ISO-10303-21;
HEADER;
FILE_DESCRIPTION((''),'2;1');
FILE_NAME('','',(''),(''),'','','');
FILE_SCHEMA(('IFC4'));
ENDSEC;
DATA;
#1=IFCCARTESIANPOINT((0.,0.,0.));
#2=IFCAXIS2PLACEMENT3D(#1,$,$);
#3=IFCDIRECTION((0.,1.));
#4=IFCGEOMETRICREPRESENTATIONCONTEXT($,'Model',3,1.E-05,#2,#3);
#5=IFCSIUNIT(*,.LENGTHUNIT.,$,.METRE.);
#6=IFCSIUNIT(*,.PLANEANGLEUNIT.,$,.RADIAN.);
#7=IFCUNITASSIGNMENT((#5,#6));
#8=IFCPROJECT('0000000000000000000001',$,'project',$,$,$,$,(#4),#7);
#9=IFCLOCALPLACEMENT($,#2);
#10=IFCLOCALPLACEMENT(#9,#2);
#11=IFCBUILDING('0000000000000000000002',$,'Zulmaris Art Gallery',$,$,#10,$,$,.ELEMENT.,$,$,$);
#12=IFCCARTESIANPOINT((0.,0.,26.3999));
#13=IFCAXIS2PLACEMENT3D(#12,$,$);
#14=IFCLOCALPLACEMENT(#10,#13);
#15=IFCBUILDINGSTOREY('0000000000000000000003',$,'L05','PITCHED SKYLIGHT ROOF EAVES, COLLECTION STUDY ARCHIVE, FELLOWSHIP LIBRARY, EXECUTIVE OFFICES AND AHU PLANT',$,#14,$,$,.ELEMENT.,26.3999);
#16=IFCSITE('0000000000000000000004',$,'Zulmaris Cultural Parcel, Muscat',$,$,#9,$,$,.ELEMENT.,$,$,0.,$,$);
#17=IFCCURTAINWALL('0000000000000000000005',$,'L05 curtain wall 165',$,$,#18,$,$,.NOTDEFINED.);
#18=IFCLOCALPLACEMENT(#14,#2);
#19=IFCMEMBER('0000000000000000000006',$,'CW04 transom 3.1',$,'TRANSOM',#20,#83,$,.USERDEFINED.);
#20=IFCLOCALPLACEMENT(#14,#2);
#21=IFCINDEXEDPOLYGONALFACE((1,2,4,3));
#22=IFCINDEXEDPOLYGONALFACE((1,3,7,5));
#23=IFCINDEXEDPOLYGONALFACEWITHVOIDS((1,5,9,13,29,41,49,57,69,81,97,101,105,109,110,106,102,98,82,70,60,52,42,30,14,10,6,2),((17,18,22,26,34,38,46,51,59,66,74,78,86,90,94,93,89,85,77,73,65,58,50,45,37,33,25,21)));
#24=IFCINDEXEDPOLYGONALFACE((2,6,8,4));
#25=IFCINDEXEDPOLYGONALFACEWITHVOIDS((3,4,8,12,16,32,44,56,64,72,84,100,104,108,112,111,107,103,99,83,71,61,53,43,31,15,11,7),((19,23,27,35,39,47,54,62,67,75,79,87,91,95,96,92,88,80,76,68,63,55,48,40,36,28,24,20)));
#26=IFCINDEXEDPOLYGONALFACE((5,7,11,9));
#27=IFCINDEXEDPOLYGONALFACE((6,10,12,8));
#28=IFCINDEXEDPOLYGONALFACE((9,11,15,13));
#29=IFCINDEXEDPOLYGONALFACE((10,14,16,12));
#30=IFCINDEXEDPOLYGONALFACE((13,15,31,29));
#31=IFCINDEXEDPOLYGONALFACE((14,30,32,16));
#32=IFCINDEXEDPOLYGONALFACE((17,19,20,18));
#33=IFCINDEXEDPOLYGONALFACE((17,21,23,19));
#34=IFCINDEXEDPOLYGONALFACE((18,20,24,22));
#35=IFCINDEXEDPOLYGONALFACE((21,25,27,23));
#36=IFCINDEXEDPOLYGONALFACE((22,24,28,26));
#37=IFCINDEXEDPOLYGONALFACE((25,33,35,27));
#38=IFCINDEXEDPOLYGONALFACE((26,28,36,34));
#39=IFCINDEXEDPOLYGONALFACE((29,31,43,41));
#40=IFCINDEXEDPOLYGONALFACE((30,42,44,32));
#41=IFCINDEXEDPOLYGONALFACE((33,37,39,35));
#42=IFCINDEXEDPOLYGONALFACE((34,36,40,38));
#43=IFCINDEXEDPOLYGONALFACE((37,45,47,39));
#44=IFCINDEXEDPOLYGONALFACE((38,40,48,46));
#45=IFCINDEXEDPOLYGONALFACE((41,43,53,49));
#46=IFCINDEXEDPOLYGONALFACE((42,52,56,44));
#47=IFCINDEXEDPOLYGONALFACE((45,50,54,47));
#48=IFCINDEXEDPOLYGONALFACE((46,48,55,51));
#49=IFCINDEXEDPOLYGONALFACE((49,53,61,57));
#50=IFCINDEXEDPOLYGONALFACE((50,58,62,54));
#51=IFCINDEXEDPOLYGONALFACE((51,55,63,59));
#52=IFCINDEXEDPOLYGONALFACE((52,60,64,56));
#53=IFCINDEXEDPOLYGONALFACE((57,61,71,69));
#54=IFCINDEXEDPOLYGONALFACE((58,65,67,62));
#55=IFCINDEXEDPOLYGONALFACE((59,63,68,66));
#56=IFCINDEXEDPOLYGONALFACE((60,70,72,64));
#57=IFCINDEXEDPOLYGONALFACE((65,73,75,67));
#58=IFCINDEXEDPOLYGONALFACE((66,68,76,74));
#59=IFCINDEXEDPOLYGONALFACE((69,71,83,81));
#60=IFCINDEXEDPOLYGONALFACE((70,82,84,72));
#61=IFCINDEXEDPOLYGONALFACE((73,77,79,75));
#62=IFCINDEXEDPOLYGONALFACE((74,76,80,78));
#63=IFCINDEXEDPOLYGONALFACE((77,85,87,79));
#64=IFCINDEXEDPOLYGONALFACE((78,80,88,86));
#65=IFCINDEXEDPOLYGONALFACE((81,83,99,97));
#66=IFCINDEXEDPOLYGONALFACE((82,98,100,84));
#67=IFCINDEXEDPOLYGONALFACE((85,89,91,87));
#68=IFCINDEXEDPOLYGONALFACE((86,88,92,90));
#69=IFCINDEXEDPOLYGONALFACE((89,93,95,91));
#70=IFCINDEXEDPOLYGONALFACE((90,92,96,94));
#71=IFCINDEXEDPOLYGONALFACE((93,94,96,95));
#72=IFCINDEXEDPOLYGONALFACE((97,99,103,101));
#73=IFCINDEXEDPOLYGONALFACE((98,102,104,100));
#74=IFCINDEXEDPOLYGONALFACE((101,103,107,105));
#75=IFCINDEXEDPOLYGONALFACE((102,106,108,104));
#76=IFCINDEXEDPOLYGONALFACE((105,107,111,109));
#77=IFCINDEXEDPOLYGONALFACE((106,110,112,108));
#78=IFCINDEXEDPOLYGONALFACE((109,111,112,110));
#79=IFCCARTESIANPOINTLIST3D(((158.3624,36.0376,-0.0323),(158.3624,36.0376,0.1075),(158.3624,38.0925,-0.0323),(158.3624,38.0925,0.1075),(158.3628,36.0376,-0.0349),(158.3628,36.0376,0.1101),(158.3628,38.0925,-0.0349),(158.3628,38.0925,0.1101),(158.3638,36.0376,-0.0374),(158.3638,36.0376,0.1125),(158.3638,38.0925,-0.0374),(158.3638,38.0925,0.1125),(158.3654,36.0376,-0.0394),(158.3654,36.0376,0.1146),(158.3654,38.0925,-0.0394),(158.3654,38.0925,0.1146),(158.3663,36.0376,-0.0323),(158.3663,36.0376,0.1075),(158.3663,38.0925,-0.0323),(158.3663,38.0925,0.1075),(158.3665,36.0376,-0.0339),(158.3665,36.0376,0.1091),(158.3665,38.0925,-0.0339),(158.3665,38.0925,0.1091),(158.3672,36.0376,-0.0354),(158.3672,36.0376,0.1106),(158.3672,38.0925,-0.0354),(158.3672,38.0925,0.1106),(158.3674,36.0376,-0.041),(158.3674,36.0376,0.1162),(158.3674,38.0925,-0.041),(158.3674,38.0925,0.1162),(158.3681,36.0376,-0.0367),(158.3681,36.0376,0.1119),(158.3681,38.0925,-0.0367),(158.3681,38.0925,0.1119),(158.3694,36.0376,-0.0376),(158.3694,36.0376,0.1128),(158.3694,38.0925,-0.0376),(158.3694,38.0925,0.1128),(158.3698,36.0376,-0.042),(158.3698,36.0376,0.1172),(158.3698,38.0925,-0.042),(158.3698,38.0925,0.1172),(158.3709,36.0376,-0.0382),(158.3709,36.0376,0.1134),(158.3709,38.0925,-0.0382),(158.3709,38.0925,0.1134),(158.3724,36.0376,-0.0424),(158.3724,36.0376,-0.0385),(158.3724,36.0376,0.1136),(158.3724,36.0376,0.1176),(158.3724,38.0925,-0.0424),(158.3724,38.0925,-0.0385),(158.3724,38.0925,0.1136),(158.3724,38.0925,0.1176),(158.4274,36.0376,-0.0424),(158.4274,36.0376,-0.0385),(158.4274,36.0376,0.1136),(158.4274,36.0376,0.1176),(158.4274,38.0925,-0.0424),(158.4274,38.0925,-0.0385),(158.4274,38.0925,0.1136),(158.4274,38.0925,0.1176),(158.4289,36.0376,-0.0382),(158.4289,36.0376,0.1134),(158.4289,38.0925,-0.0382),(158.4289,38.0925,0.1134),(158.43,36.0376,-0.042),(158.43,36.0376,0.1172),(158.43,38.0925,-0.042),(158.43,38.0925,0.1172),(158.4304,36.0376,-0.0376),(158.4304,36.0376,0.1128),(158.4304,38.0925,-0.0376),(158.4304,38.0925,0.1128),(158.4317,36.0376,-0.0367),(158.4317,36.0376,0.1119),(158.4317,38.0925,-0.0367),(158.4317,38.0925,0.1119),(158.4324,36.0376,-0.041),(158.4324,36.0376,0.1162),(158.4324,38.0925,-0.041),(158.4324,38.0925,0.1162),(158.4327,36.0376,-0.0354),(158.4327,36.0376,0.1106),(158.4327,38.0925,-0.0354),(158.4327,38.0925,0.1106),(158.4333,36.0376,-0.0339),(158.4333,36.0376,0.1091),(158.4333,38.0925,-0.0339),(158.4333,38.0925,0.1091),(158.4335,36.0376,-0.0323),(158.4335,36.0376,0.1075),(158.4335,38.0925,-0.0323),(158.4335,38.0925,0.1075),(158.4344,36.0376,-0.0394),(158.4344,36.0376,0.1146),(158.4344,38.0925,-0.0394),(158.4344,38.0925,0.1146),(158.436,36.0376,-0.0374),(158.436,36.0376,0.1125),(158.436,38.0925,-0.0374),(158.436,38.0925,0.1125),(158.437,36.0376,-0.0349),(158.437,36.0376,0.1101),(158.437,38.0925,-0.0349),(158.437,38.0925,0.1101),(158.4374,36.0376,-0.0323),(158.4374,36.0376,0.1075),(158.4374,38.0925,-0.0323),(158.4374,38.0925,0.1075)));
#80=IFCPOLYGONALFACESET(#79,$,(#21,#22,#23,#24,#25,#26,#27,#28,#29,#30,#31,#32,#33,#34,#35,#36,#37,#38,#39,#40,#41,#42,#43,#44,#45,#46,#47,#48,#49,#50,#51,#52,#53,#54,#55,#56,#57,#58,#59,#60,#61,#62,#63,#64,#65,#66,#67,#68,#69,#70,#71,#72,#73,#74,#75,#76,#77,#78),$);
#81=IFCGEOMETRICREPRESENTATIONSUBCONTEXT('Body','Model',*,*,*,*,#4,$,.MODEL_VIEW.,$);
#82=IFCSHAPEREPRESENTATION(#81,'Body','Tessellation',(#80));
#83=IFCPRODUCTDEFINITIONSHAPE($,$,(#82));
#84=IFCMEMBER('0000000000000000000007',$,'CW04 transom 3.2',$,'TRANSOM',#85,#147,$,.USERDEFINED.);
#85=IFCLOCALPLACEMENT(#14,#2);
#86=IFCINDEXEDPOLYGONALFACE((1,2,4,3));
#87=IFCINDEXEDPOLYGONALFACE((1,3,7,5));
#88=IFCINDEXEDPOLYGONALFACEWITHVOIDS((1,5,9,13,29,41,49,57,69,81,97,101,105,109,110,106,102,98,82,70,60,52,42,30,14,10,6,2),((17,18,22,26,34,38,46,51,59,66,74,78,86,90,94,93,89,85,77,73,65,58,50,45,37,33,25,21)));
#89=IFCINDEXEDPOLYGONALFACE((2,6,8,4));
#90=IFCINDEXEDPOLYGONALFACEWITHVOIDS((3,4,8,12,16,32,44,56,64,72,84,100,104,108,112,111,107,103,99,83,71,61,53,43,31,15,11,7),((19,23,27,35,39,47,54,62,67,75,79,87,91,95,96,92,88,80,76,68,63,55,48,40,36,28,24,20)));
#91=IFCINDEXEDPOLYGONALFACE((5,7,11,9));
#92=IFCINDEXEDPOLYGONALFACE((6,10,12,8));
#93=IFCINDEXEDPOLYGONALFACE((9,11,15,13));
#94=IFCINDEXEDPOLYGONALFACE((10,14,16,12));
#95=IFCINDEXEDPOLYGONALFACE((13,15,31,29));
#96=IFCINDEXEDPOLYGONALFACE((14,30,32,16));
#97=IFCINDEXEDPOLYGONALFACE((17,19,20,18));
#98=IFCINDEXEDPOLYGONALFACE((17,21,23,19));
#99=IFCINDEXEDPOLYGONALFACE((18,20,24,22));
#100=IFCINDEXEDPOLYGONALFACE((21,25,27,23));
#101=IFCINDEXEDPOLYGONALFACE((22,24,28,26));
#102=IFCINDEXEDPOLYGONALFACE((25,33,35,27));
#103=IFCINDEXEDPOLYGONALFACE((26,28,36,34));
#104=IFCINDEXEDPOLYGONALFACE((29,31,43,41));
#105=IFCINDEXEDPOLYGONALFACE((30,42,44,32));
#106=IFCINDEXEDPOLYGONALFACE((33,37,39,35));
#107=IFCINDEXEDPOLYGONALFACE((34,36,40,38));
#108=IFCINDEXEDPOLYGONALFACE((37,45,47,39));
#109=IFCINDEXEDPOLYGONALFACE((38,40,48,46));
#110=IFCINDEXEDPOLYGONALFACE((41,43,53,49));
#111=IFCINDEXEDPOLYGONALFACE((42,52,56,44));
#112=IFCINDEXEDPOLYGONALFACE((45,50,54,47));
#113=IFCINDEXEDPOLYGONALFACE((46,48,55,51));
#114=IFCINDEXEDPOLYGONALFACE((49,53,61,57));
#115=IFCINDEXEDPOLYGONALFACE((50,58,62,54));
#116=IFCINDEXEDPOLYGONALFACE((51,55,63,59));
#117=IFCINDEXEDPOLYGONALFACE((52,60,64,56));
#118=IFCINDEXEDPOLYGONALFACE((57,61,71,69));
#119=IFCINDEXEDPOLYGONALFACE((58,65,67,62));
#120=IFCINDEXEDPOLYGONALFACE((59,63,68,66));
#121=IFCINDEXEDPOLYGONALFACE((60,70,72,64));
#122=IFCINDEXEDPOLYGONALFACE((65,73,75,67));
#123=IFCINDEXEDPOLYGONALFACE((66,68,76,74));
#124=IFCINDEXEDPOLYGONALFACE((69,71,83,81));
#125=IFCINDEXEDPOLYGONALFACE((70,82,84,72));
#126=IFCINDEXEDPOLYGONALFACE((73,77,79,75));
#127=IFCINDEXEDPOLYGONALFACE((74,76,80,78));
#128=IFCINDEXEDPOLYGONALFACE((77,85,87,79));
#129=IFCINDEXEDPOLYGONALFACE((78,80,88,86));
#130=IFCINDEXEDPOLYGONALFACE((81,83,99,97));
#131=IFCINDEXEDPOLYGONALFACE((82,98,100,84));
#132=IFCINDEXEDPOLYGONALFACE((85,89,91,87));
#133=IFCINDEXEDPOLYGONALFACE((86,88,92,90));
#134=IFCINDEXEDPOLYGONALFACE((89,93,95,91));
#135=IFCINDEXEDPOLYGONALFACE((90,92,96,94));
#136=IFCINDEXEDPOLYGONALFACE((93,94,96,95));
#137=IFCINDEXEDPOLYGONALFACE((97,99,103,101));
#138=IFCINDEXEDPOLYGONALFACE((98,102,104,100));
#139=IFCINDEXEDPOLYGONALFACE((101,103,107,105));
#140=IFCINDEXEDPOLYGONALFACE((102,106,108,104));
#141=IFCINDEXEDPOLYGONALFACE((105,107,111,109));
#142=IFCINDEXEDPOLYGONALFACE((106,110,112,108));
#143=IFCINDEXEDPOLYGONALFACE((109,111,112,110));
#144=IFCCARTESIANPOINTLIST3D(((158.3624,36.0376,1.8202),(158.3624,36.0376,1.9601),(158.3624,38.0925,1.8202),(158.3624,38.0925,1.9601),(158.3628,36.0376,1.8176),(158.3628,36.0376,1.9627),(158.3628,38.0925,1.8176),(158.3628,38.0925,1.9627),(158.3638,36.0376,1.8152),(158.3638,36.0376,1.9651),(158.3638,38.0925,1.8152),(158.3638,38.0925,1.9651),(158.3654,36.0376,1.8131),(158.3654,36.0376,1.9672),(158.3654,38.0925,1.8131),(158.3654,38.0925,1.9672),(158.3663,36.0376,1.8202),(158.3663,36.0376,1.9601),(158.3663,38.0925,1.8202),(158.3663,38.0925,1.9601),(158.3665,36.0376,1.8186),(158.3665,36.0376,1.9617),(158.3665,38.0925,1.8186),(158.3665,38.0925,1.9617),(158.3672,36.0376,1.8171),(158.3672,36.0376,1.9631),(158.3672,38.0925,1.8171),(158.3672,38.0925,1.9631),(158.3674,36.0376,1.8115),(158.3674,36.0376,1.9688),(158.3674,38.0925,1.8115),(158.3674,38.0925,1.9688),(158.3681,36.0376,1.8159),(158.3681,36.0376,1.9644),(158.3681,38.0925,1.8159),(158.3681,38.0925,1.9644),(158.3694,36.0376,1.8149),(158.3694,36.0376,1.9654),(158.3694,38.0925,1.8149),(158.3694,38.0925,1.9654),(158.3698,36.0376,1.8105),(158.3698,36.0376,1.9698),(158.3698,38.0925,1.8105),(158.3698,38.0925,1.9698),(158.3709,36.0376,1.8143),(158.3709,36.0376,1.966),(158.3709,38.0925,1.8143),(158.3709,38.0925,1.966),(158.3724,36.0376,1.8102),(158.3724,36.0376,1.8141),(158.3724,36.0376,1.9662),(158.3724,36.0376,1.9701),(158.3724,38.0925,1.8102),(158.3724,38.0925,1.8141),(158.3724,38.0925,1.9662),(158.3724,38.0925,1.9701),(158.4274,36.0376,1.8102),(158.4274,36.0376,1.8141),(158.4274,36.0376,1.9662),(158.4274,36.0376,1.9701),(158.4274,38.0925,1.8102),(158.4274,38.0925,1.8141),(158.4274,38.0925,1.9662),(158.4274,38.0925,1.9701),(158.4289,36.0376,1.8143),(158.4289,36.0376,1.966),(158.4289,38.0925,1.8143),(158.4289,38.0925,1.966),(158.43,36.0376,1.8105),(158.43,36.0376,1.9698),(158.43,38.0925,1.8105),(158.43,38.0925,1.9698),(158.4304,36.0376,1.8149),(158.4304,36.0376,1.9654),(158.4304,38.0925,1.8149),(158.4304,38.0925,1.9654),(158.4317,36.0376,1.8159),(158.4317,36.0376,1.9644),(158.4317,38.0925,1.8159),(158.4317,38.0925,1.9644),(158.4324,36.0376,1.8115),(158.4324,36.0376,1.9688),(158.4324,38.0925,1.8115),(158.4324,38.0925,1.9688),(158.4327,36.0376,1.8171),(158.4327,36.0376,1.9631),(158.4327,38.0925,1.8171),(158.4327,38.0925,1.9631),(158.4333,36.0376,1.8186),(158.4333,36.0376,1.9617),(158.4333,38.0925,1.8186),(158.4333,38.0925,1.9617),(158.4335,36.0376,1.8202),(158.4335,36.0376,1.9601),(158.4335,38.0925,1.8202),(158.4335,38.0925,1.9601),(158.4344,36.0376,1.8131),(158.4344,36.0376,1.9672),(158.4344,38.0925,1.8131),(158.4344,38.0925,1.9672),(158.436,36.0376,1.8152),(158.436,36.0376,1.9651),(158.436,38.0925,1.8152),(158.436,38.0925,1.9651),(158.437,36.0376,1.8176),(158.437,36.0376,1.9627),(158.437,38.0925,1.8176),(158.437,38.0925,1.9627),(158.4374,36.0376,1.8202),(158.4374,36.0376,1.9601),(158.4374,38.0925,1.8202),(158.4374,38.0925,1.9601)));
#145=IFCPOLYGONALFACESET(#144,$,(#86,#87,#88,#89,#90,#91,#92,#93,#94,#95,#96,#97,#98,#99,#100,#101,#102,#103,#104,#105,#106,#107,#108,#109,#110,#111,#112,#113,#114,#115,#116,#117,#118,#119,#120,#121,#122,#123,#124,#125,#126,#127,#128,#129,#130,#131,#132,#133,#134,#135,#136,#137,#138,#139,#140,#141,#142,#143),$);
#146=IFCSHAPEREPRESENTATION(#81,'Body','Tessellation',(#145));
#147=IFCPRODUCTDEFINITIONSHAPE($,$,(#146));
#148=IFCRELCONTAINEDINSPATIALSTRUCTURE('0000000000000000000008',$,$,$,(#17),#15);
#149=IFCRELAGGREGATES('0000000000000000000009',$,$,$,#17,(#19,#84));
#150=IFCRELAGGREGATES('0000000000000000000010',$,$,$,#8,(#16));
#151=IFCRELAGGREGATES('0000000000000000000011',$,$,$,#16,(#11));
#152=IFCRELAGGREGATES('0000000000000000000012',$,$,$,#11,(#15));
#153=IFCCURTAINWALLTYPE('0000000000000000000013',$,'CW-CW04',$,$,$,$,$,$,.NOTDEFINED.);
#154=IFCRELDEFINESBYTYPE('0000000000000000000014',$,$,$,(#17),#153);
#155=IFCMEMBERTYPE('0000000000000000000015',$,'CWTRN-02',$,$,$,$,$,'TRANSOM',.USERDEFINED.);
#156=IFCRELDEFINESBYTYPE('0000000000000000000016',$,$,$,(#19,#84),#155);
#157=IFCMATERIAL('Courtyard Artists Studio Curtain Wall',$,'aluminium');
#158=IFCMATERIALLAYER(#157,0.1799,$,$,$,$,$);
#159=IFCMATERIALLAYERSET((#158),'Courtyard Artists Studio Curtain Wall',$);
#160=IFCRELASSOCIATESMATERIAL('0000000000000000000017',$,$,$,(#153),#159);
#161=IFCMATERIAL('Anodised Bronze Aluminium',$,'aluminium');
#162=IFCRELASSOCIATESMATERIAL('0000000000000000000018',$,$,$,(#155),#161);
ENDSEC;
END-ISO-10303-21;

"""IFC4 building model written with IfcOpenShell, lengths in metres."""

from ifc_helpers import new_model, si_unit, direction, frame, origin, origin_2d, place, context, subcontext, project, spatial, hollow_rectangle, extrude, material, layer, layer_set, material_profile, profile_set, type_object, element, aggregate, save


model = new_model("IFC4")

# Units and contexts
model_context = context("Model", 3, precision=1e-05, world=origin(), true_north=direction((0.0, 1.0)))
body_context = subcontext(model_context, "Body", "Model", "MODEL_VIEW")
ifc_project = project(units=[si_unit("LENGTHUNIT", "METRE"), si_unit("PLANEANGLEUNIT", "RADIAN")], contexts=[model_context])

# Site, building, storey
site_placement = place(None, origin())
site = spatial("IfcSite", under=ifc_project, at=site_placement, Name="Zulmaris Cultural Parcel, Muscat", CompositionType="ELEMENT", RefElevation=0.0)
building_placement = place(site_placement, origin())
building = spatial("IfcBuilding", under=site, at=building_placement, Name="Zulmaris Art Gallery", CompositionType="ELEMENT")
storey_placement = place(building_placement, frame((0.0, 0.0, 26.3999)))
storey = spatial("IfcBuildingStorey", under=building, at=storey_placement, Name="L05", Description="PITCHED SKYLIGHT ROOF EAVES, COLLECTION STUDY ARCHIVE, FELLOWSHIP LIBRARY, EXECUTIVE OFFICES AND AHU PLANT", CompositionType="ELEMENT", Elevation=26.3999)

# Curtain wall, members
ifc_material_1 = material(Name="Courtyard Artists Studio Curtain Wall", Category="aluminium")
ifc_layer_1 = layer(ifc_material_1, 0.1799)
ifc_layer_set_1 = layer_set([ifc_layer_1], Name="Courtyard Artists Studio Curtain Wall")
curtain_wall_type = type_object("IfcCurtainWallType", Name="CW-CW04", PredefinedType="NOTDEFINED", material=ifc_layer_set_1)
curtain_wall_placement = place(storey_placement, origin())
curtain_wall = element("IfcCurtainWall", 1, at=curtain_wall_placement, inside=storey, type_object=curtain_wall_type, Name="L05 curtain wall 165", PredefinedType="NOTDEFINED")
ifc_material_2 = material(Name="Anodised Bronze Aluminium", Category="aluminium")
ifc_material_profile_1 = material_profile(ifc_material_2, hollow_rectangle(XDim=0.075, YDim=0.1599, WallThickness=0.0039, InnerFilletRadius=0.0061, OuterFilletRadius=0.01, at=origin_2d()), Name="ALU 75x160x4")
ifc_profile_set_1 = profile_set([ifc_material_profile_1], Name="Anodised Bronze Aluminium")
member_type_1 = type_object("IfcMemberType", Name="CWTRN-02", ElementType="TRANSOM", PredefinedType="USERDEFINED", material=ifc_profile_set_1)
member_1_placement = place(storey_placement, frame((158.3999, 36.0376, 0.0376), z_axis=(0.0, 1.0, 0.0), x_axis=(-1.0, 0.0, 0.0)))
member_1 = element("IfcMember", 2, at=member_1_placement, type_object=member_type_1, Name="CW04 transom 3.1", ObjectType="TRANSOM", PredefinedType="USERDEFINED", context=body_context, shape_type="SweptSolid", body=[
    extrude(hollow_rectangle(XDim=0.075, YDim=0.1599, WallThickness=0.0039, InnerFilletRadius=0.0061, OuterFilletRadius=0.01, at=origin_2d()), origin(), (0.0, 0.0, 1.0), 2.0549),
])
member_2_placement = place(storey_placement, frame((158.3999, 36.0376, 1.8901), z_axis=(0.0, 1.0, 0.0), x_axis=(-1.0, 0.0, 0.0)))
member_2 = element("IfcMember", 3, at=member_2_placement, type_object=member_type_1, Name="CW04 transom 3.2", ObjectType="TRANSOM", PredefinedType="USERDEFINED", context=body_context, shape_type="SweptSolid", body=[
    extrude(hollow_rectangle(XDim=0.075, YDim=0.1599, WallThickness=0.0039, InnerFilletRadius=0.0061, OuterFilletRadius=0.01, at=origin_2d()), origin(), (0.0, 0.0, 1.0), 2.0549),
])
aggregate(curtain_wall, [member_1, member_2])

save(model, "model.ifc")
